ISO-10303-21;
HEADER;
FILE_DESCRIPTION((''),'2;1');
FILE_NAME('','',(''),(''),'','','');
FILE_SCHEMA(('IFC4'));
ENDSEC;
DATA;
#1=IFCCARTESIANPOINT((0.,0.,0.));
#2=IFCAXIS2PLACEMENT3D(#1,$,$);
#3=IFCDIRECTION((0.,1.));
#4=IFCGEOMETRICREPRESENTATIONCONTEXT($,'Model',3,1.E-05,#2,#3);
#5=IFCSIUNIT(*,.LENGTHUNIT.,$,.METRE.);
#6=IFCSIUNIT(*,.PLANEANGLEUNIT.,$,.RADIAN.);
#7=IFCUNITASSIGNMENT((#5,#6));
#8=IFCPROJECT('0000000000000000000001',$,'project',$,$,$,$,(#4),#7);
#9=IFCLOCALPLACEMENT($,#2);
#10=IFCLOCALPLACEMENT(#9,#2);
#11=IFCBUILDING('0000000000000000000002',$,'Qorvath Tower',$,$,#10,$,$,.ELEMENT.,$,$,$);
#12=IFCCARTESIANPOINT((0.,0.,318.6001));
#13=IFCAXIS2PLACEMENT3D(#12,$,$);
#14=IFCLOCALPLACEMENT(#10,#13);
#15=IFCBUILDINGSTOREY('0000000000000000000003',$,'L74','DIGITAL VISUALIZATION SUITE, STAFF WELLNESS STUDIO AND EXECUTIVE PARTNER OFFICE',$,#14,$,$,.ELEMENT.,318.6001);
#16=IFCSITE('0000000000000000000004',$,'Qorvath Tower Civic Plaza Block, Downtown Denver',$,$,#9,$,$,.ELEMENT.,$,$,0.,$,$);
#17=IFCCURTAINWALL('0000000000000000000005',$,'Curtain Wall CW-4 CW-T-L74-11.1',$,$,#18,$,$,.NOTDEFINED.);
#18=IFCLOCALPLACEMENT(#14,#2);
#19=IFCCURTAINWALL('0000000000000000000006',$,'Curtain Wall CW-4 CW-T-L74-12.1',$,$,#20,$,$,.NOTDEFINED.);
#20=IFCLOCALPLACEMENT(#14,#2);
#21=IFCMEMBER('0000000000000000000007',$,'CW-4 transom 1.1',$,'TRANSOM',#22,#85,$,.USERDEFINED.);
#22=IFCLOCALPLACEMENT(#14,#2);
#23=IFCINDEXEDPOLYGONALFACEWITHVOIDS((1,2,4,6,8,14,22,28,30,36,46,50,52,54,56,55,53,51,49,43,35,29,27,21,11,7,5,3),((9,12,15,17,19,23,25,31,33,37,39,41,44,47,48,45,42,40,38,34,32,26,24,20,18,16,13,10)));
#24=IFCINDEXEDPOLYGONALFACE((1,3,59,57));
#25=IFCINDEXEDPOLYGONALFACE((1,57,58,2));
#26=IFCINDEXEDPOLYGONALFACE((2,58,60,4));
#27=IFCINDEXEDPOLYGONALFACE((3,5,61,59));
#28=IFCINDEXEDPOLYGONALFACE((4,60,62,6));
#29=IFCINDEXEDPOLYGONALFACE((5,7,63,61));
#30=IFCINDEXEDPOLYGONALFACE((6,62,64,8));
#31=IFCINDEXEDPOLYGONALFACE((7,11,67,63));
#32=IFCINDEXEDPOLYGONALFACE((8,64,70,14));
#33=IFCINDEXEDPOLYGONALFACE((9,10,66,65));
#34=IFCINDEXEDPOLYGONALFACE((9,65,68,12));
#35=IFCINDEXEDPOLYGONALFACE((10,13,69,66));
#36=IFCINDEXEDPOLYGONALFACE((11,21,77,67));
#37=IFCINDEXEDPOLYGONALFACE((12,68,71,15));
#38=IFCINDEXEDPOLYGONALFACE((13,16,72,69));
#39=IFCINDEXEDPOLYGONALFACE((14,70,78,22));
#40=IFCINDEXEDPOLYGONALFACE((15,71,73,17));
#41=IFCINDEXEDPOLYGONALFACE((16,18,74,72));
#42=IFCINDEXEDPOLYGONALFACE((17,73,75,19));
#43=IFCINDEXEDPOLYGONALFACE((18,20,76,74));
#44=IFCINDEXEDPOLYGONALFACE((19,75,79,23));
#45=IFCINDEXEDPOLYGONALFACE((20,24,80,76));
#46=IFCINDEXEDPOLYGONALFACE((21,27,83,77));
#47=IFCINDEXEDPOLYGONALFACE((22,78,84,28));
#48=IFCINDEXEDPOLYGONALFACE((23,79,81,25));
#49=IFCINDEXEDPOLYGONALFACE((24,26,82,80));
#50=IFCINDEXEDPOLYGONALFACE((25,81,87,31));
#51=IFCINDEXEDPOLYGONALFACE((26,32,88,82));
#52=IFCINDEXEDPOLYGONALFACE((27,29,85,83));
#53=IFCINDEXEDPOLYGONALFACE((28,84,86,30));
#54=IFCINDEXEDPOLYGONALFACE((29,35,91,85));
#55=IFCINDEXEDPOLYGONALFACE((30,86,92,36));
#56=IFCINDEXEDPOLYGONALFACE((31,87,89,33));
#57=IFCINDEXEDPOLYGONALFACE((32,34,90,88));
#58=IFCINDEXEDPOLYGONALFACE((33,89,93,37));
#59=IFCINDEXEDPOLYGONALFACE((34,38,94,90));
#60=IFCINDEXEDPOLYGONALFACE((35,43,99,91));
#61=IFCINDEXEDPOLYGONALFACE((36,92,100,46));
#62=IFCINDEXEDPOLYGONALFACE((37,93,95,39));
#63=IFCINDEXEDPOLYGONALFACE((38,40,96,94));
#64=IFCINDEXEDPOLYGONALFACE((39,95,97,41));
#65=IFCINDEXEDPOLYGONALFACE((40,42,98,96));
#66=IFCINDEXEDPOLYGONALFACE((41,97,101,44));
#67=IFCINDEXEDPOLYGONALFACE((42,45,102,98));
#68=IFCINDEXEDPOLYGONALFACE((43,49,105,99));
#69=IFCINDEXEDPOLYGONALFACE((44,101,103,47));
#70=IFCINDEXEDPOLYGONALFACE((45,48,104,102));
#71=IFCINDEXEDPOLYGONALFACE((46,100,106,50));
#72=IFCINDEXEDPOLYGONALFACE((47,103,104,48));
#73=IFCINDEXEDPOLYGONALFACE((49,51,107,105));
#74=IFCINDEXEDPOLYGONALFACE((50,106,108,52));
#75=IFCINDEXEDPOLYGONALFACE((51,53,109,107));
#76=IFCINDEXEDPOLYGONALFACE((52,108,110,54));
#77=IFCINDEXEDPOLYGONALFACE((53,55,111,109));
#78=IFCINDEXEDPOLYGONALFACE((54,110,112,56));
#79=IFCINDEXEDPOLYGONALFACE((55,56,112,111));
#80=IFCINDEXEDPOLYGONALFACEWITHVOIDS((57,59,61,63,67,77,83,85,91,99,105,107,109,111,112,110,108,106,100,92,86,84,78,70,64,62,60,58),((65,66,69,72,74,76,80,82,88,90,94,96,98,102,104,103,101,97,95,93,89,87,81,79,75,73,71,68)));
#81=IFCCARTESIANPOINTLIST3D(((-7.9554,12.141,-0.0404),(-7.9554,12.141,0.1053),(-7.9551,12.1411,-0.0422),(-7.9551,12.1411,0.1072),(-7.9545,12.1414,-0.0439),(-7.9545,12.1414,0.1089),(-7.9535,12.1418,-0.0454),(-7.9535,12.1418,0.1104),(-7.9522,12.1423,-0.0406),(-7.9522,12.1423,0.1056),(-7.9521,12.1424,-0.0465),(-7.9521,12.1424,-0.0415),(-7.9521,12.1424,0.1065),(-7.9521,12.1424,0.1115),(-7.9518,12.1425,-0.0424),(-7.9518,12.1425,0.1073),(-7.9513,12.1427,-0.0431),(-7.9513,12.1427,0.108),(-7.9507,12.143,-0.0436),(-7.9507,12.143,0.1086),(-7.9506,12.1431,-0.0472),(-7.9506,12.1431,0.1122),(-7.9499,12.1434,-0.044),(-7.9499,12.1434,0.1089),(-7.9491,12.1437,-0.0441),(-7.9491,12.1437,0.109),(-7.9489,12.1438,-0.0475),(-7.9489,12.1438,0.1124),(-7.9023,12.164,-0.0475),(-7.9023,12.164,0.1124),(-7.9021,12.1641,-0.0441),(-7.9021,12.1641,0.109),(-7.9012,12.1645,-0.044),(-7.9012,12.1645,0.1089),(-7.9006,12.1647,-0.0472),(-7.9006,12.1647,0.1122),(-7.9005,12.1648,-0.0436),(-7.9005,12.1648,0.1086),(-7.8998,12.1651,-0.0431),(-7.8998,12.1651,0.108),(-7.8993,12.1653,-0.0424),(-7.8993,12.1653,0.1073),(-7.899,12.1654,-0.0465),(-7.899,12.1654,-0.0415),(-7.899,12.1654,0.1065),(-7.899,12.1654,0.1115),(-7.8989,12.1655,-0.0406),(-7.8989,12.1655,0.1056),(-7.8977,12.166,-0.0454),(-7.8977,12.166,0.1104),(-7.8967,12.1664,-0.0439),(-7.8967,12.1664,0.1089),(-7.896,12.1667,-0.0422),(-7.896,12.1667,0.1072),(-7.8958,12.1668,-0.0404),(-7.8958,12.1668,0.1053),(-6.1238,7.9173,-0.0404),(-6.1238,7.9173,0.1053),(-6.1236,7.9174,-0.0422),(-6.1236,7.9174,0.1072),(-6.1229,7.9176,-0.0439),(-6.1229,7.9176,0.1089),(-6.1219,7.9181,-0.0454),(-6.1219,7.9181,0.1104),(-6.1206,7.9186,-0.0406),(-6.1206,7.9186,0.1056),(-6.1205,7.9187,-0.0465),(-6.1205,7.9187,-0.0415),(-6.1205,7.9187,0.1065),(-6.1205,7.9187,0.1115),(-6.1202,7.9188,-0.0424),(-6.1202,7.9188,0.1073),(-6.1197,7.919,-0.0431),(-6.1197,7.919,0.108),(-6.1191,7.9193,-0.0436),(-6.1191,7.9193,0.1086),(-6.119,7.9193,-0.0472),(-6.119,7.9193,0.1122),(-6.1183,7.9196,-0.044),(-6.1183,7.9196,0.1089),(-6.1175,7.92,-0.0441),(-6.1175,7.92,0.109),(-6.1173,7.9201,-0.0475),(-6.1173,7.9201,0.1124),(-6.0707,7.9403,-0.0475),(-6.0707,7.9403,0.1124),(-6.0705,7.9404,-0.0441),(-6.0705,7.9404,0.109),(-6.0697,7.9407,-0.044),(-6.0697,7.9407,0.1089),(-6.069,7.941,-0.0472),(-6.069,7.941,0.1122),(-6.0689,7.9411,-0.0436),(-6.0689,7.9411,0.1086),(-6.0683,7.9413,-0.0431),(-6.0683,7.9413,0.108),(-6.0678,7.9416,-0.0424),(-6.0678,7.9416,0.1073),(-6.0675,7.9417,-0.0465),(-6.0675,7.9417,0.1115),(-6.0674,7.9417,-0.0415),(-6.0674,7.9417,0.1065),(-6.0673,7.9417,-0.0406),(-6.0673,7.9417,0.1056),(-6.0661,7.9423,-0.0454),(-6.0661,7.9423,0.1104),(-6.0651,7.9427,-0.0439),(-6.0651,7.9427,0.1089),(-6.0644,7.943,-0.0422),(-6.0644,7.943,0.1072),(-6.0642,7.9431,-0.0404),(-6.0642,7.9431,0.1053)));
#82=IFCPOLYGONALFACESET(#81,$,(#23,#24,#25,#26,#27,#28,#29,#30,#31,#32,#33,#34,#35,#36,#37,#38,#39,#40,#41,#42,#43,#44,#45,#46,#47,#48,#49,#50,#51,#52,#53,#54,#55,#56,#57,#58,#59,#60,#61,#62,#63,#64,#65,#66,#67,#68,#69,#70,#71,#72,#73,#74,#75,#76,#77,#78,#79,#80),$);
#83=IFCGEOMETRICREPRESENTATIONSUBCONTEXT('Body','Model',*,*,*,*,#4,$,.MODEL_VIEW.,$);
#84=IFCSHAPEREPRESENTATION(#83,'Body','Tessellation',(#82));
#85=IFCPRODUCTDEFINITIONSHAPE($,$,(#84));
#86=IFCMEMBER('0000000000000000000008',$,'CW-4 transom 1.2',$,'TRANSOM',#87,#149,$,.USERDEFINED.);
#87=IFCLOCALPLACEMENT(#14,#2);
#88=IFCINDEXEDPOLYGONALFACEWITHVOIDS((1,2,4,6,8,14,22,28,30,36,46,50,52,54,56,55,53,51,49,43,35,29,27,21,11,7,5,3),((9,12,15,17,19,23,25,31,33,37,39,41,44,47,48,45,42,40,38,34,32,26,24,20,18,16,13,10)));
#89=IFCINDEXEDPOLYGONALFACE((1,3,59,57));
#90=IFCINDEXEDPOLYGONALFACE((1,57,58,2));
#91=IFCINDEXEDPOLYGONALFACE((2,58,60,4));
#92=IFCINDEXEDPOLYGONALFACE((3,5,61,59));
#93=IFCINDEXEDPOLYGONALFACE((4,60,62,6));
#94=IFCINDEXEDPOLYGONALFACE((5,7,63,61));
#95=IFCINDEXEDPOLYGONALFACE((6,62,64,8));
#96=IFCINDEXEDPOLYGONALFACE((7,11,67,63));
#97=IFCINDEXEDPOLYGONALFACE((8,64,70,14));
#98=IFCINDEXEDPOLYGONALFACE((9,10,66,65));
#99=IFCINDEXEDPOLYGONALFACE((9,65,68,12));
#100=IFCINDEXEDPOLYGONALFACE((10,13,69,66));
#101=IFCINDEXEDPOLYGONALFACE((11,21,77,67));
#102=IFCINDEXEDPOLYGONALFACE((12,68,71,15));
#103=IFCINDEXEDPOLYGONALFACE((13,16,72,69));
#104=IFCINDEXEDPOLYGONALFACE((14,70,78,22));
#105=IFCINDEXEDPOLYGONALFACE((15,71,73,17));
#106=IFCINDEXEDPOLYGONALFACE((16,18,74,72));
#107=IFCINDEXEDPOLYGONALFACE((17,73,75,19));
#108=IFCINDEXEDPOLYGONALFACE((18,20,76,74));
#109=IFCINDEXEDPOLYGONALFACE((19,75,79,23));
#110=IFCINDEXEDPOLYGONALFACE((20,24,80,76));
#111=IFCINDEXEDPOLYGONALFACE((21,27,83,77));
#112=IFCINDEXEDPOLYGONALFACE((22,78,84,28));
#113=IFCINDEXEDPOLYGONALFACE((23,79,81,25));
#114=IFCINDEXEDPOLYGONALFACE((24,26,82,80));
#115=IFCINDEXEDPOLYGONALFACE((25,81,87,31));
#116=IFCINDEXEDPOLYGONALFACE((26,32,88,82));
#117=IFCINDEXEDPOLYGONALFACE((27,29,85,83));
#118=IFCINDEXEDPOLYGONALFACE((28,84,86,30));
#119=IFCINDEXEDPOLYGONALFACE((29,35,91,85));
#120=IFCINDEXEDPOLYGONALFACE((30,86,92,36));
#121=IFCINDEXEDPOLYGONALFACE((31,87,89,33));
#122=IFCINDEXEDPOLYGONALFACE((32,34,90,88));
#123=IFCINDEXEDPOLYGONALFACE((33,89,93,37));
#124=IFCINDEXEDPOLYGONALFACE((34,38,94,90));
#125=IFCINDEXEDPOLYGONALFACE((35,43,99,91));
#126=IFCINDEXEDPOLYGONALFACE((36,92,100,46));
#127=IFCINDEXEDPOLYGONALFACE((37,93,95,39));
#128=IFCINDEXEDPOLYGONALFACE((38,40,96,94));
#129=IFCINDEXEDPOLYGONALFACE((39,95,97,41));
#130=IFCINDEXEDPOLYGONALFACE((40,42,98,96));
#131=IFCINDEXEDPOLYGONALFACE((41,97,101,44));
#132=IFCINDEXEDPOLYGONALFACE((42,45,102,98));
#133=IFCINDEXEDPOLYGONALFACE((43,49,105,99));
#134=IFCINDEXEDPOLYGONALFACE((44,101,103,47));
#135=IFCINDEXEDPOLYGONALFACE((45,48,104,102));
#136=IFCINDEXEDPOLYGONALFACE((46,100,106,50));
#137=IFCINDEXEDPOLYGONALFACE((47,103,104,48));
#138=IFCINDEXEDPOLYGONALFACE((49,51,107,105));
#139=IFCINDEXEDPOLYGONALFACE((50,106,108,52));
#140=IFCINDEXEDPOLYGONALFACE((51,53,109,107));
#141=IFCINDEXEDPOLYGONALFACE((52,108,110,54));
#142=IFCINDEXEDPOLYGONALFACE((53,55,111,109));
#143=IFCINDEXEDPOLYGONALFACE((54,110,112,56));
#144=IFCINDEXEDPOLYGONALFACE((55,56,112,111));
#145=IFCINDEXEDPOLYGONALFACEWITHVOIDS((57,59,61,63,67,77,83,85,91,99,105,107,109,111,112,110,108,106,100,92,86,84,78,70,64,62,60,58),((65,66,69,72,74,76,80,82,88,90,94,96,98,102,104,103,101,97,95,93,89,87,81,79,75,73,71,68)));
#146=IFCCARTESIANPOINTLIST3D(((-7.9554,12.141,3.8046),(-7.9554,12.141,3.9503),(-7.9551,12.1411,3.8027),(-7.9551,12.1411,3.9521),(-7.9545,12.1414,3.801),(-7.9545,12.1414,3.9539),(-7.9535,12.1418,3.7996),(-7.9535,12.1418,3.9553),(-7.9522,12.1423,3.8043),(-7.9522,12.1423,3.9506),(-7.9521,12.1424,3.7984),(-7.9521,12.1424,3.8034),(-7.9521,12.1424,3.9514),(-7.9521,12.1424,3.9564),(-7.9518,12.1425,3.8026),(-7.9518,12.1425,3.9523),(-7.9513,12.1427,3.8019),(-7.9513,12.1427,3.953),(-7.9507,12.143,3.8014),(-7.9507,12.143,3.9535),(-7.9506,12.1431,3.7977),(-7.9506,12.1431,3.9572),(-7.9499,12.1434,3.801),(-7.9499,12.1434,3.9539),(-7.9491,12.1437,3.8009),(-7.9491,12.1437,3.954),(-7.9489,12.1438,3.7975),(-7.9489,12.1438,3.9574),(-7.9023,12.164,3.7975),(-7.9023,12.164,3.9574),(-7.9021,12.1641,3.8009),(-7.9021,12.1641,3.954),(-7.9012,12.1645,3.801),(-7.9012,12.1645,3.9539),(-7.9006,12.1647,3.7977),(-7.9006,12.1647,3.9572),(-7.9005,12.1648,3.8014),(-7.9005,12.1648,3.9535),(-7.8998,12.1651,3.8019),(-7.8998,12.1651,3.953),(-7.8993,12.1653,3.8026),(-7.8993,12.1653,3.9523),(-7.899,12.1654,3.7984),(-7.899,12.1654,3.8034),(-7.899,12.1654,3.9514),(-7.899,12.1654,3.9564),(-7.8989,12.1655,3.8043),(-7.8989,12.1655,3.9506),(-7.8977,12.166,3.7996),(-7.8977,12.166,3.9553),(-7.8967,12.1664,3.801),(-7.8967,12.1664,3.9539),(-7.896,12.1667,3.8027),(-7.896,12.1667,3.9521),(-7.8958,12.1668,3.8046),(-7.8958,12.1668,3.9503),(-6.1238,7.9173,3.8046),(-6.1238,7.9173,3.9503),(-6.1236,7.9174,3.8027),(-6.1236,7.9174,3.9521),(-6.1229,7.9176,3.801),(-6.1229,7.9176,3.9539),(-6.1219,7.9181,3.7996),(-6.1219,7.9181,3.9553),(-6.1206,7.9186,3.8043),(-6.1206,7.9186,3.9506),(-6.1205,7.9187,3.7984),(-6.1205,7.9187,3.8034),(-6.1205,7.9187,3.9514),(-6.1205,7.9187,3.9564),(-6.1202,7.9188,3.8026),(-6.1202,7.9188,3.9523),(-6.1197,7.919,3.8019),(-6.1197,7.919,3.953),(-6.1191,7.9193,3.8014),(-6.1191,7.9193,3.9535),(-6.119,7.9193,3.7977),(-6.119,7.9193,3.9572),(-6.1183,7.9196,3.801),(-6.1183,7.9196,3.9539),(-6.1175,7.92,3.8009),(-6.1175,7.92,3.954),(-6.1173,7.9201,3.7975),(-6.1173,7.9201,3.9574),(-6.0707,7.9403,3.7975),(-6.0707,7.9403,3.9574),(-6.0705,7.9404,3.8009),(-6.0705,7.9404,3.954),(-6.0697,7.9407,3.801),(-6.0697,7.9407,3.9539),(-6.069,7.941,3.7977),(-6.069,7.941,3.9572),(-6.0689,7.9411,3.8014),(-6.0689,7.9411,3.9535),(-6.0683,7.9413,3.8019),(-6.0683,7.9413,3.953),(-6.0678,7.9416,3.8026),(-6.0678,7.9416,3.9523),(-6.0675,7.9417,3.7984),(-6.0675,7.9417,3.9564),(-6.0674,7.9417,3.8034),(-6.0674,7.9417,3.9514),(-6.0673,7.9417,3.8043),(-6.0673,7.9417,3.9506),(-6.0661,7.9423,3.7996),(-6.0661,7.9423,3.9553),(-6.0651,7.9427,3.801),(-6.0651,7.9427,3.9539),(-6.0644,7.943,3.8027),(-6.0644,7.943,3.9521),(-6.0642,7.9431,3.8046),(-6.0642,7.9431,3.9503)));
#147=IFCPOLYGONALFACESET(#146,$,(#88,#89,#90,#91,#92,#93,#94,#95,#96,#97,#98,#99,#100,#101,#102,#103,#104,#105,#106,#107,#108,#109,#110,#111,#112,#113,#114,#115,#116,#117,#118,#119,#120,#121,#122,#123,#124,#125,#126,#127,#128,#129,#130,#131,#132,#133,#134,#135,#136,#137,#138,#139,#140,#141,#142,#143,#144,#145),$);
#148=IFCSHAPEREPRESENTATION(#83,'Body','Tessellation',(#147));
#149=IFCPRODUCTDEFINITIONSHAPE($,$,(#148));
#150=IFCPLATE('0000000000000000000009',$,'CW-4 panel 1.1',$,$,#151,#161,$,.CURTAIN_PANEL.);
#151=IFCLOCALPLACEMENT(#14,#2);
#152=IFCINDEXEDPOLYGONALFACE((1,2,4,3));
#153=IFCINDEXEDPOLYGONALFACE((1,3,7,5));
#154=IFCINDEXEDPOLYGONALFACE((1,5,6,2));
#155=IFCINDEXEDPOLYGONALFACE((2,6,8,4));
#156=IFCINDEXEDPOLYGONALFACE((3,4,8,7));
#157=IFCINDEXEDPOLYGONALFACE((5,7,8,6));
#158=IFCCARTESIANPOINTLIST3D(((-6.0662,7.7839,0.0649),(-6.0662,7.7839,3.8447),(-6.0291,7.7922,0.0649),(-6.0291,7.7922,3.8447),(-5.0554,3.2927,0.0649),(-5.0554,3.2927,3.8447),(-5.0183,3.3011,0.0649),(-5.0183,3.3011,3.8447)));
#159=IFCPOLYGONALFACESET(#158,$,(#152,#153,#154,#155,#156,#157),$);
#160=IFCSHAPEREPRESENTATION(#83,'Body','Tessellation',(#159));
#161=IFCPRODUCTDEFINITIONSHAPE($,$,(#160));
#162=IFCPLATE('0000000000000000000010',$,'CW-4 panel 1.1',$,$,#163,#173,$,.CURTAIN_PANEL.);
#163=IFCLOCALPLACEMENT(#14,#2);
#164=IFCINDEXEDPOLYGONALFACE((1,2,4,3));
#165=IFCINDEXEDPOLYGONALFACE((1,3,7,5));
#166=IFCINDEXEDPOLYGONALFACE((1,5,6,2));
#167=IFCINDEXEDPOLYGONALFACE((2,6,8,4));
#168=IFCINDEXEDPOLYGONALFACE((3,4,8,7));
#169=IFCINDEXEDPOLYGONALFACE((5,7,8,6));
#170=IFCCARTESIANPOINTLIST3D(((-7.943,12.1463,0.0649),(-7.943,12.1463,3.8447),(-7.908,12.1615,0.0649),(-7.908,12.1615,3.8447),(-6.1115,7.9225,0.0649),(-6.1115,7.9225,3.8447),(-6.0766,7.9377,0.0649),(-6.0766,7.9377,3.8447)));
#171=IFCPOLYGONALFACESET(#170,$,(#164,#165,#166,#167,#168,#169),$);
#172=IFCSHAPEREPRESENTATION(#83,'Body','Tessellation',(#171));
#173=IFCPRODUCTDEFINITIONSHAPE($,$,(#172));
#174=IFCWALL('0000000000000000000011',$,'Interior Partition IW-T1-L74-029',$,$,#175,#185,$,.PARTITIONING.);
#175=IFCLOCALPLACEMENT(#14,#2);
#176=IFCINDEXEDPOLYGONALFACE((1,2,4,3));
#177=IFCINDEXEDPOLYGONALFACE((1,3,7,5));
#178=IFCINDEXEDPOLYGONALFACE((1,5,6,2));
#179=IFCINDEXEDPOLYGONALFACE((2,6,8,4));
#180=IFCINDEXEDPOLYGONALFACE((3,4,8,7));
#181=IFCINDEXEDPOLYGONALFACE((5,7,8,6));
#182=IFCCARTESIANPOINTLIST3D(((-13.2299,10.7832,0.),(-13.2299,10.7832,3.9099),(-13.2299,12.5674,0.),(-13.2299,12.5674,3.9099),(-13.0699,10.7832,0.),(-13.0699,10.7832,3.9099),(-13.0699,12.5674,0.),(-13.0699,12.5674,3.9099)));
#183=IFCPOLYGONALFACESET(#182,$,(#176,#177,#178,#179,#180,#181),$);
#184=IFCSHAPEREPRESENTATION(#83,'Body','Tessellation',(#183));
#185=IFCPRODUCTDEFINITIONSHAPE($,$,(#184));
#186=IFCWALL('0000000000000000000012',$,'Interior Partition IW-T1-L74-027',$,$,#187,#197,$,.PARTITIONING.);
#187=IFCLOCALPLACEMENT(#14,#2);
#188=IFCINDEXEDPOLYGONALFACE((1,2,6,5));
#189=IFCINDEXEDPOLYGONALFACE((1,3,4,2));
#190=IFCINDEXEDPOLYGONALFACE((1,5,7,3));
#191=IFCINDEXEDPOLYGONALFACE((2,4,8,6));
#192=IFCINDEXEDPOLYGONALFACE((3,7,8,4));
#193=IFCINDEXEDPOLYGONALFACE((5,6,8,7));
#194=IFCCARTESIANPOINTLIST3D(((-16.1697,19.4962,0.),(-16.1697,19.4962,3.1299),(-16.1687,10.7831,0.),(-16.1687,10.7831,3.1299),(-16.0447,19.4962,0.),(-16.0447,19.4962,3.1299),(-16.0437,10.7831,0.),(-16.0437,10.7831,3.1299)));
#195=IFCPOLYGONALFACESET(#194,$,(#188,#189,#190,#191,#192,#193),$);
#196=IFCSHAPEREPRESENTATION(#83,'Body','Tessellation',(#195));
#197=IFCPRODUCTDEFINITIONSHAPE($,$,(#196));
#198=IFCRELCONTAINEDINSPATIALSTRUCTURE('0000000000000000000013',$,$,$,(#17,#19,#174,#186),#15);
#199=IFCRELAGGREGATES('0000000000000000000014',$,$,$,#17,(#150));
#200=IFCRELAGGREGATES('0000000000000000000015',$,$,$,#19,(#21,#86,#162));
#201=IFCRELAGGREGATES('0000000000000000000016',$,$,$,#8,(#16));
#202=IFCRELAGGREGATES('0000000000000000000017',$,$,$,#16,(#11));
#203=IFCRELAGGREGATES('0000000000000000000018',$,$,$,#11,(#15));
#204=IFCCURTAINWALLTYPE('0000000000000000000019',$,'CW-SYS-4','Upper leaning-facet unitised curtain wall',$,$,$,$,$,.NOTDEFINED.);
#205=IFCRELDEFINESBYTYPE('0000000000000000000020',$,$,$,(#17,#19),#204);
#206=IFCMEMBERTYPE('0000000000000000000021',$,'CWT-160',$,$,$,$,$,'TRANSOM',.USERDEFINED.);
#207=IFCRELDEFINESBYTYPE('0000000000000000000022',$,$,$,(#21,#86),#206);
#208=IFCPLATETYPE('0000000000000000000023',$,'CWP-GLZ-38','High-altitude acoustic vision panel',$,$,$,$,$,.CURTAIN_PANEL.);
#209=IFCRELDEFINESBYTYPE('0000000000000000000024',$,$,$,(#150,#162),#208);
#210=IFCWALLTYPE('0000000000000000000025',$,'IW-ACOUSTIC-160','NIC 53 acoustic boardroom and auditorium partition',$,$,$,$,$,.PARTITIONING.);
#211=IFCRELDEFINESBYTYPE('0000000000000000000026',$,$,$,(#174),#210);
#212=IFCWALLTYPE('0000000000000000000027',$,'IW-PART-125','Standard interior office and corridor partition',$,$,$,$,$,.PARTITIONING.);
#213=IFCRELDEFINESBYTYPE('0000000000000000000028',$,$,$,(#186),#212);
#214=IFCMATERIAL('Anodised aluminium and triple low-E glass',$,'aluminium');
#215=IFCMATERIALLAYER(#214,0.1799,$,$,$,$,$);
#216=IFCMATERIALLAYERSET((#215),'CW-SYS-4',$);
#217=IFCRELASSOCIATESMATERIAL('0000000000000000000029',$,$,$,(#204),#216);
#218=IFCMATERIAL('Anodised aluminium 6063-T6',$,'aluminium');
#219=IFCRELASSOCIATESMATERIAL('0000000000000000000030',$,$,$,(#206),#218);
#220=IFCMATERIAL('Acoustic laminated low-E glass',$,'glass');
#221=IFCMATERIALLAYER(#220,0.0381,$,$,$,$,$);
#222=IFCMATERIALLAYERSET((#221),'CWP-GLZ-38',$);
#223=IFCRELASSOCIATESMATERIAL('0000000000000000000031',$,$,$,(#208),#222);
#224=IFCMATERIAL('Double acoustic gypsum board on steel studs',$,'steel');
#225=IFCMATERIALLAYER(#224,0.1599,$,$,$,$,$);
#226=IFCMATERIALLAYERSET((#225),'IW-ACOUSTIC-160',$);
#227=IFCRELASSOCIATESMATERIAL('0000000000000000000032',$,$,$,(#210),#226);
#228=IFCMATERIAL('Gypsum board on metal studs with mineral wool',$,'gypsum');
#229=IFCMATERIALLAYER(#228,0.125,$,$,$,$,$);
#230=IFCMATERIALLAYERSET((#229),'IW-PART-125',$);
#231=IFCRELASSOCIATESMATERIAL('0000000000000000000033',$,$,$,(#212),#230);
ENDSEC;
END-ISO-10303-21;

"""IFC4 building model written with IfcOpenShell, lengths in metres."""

from ifc_helpers import new_model, si_unit, direction, frame, frame_2d, origin, origin_2d, place, context, subcontext, project, spatial, rectangle, hollow_rectangle, extrude, material, layer, layer_set, material_profile, profile_set, type_object, element, aggregate, save


model = new_model("IFC4")

# Units and contexts
model_context = context("Model", 3, precision=1e-05, world=origin(), true_north=direction((0.0, 1.0)))
body_context = subcontext(model_context, "Body", "Model", "MODEL_VIEW")
ifc_project = project(units=[si_unit("LENGTHUNIT", "METRE"), si_unit("PLANEANGLEUNIT", "RADIAN")], contexts=[model_context])

# Site, building, storey
site_placement = place(None, origin())
site = spatial("IfcSite", under=ifc_project, at=site_placement, Name="Qorvath Tower Civic Plaza Block, Downtown Denver", CompositionType="ELEMENT", RefElevation=0.0)
building_placement = place(site_placement, origin())
building = spatial("IfcBuilding", under=site, at=building_placement, Name="Qorvath Tower", CompositionType="ELEMENT")
storey_placement = place(building_placement, frame((0.0, 0.0, 318.6001)))
storey = spatial("IfcBuildingStorey", under=building, at=storey_placement, Name="L74", Description="DIGITAL VISUALIZATION SUITE, STAFF WELLNESS STUDIO AND EXECUTIVE PARTNER OFFICE", CompositionType="ELEMENT", Elevation=318.6001)

# Curtain wall
ifc_material_1 = material(Name="Anodised aluminium and triple low-E glass", Category="aluminium")
ifc_layer_1 = layer(ifc_material_1, 0.1799)
ifc_layer_set_1 = layer_set([ifc_layer_1], Name="CW-SYS-4")
curtain_wall_type = type_object("IfcCurtainWallType", Name="CW-SYS-4", Description="Upper leaning-facet unitised curtain wall", PredefinedType="NOTDEFINED", material=ifc_layer_set_1)
curtain_wall_1_placement = place(storey_placement, origin())
curtain_wall_1 = element("IfcCurtainWall", 1, at=curtain_wall_1_placement, inside=storey, type_object=curtain_wall_type, Name="Curtain Wall CW-4 CW-T-L74-11.1", PredefinedType="NOTDEFINED")

# Curtain wall
curtain_wall_2_placement = place(storey_placement, origin())
curtain_wall_2 = element("IfcCurtainWall", 2, at=curtain_wall_2_placement, inside=storey, type_object=curtain_wall_type, Name="Curtain Wall CW-4 CW-T-L74-12.1", PredefinedType="NOTDEFINED")

# Members
ifc_material_2 = material(Name="Anodised aluminium 6063-T6", Category="aluminium")
ifc_material_profile_1 = material_profile(ifc_material_2, hollow_rectangle(XDim=0.0649, YDim=0.1599, WallThickness=0.0034, InnerFilletRadius=0.0034, OuterFilletRadius=0.0071, at=origin_2d()), Name="CWT 160x65")
ifc_profile_set_1 = profile_set([ifc_material_profile_1], Name="Anodised aluminium 6063-T6")
member_type_1 = type_object("IfcMemberType", Name="CWT-160", ElementType="TRANSOM", PredefinedType="USERDEFINED", material=ifc_profile_set_1)
member_1_placement = place(storey_placement, frame((-6.094, 7.9302, 0.0325), z_axis=(-0.397846, 0.917452, 0.0), x_axis=(-0.917452, -0.397846, 0.0)))
member_1 = element("IfcMember", 3, at=member_1_placement, type_object=member_type_1, Name="CW-4 transom 1.1", ObjectType="TRANSOM", PredefinedType="USERDEFINED", context=body_context, shape_type="SweptSolid", body=[
    extrude(hollow_rectangle(XDim=0.0649, YDim=0.1599, WallThickness=0.0034, InnerFilletRadius=0.0034, OuterFilletRadius=0.0071, at=origin_2d()), origin(), (0.0, 0.0, 1.0), 4.6038),
])
member_2_placement = place(storey_placement, frame((-6.094, 7.9302, 3.8774), z_axis=(-0.397846, 0.917452, 0.0), x_axis=(-0.917452, -0.397846, 0.0)))
member_2 = element("IfcMember", 4, at=member_2_placement, type_object=member_type_1, Name="CW-4 transom 1.2", ObjectType="TRANSOM", PredefinedType="USERDEFINED", context=body_context, shape_type="SweptSolid", body=[
    extrude(hollow_rectangle(XDim=0.0649, YDim=0.1599, WallThickness=0.0034, InnerFilletRadius=0.0034, OuterFilletRadius=0.0071, at=origin_2d()), origin(), (0.0, 0.0, 1.0), 4.6038),
])

# Plates
ifc_material_3 = material(Name="Acoustic laminated low-E glass", Category="glass")
ifc_layer_2 = layer(ifc_material_3, 0.0381)
ifc_layer_set_2 = layer_set([ifc_layer_2], Name="CWP-GLZ-38")
plate_type = type_object("IfcPlateType", Name="CWP-GLZ-38", Description="High-altitude acoustic vision panel", PredefinedType="CURTAIN_PANEL", material=ifc_layer_set_2)
plate_1_placement = place(storey_placement, frame((-5.5422, 5.5425, 0.0649), z_axis=(0.0, 0.0, 1.0), x_axis=(-0.219569, 0.975597, 0.0)))
plate_1 = element("IfcPlate", 5, at=plate_1_placement, type_object=plate_type, Name="CW-4 panel 1.1", PredefinedType="CURTAIN_PANEL", context=body_context, shape_type="SweptSolid", body=[
    extrude(rectangle(XDim=4.6035, YDim=0.0381, at=origin_2d()), origin(), (0.0, 0.0, 1.0), 3.7798),
])
aggregate(curtain_wall_1, [plate_1])
plate_2_placement = place(storey_placement, frame((-7.0098, 10.042, 0.0649), z_axis=(0.0, 0.0, 1.0), x_axis=(-0.397813, 0.917467, 0.0)))
plate_2 = element("IfcPlate", 6, at=plate_2_placement, type_object=plate_type, Name="CW-4 panel 1.1", PredefinedType="CURTAIN_PANEL", context=body_context, shape_type="SweptSolid", body=[
    extrude(rectangle(XDim=4.6038, YDim=0.0381, at=origin_2d()), origin(), (0.0, 0.0, 1.0), 3.7798),
])
aggregate(curtain_wall_2, [member_1, member_2, plate_2])

# Shared definitions
ifc_material_4 = material(Name="Double acoustic gypsum board on steel studs", Category="steel")
ifc_layer_3 = layer(ifc_material_4, 0.1599)
ifc_layer_set_3 = layer_set([ifc_layer_3], Name="IW-ACOUSTIC-160")
wall_type_1 = type_object("IfcWallType", Name="IW-ACOUSTIC-160", Description="NIC 53 acoustic boardroom and auditorium partition", PredefinedType="PARTITIONING", material=ifc_layer_set_3)

# Walls
wall_1_placement = place(storey_placement, frame((-13.1499, 10.7832, 0.0), z_axis=(0.0, 0.0, 1.0), x_axis=(0.0, 1.0, 0.0)))
element("IfcWall", 7, at=wall_1_placement, inside=storey, type_object=wall_type_1, Name="Interior Partition IW-T1-L74-029", PredefinedType="PARTITIONING", context=body_context, shape_type="SweptSolid", body=[
    extrude(rectangle(XDim=1.7842, YDim=0.1599, at=frame_2d((0.8921, 0.0))), origin(), (0.0, 0.0, 1.0), 3.9099),
])
ifc_material_5 = material(Name="Gypsum board on metal studs with mineral wool", Category="gypsum")
ifc_layer_4 = layer(ifc_material_5, 0.125)
ifc_layer_set_4 = layer_set([ifc_layer_4], Name="IW-PART-125")
wall_type_2 = type_object("IfcWallType", Name="IW-PART-125", Description="Standard interior office and corridor partition", PredefinedType="PARTITIONING", material=ifc_layer_set_4)
wall_2_placement = place(storey_placement, frame((-16.1062, 10.7832, 0.0), z_axis=(0.0, 0.0, 1.0), x_axis=(-0.000112, 1.0, 0.0)))
element("IfcWall", 8, at=wall_2_placement, inside=storey, type_object=wall_type_2, Name="Interior Partition IW-T1-L74-027", PredefinedType="PARTITIONING", context=body_context, shape_type="SweptSolid", body=[
    extrude(rectangle(XDim=8.7131, YDim=0.125, at=frame_2d((4.3564, 0.0))), origin(), (0.0, 0.0, 1.0), 3.1299),
])

save(model, "model.ifc")
